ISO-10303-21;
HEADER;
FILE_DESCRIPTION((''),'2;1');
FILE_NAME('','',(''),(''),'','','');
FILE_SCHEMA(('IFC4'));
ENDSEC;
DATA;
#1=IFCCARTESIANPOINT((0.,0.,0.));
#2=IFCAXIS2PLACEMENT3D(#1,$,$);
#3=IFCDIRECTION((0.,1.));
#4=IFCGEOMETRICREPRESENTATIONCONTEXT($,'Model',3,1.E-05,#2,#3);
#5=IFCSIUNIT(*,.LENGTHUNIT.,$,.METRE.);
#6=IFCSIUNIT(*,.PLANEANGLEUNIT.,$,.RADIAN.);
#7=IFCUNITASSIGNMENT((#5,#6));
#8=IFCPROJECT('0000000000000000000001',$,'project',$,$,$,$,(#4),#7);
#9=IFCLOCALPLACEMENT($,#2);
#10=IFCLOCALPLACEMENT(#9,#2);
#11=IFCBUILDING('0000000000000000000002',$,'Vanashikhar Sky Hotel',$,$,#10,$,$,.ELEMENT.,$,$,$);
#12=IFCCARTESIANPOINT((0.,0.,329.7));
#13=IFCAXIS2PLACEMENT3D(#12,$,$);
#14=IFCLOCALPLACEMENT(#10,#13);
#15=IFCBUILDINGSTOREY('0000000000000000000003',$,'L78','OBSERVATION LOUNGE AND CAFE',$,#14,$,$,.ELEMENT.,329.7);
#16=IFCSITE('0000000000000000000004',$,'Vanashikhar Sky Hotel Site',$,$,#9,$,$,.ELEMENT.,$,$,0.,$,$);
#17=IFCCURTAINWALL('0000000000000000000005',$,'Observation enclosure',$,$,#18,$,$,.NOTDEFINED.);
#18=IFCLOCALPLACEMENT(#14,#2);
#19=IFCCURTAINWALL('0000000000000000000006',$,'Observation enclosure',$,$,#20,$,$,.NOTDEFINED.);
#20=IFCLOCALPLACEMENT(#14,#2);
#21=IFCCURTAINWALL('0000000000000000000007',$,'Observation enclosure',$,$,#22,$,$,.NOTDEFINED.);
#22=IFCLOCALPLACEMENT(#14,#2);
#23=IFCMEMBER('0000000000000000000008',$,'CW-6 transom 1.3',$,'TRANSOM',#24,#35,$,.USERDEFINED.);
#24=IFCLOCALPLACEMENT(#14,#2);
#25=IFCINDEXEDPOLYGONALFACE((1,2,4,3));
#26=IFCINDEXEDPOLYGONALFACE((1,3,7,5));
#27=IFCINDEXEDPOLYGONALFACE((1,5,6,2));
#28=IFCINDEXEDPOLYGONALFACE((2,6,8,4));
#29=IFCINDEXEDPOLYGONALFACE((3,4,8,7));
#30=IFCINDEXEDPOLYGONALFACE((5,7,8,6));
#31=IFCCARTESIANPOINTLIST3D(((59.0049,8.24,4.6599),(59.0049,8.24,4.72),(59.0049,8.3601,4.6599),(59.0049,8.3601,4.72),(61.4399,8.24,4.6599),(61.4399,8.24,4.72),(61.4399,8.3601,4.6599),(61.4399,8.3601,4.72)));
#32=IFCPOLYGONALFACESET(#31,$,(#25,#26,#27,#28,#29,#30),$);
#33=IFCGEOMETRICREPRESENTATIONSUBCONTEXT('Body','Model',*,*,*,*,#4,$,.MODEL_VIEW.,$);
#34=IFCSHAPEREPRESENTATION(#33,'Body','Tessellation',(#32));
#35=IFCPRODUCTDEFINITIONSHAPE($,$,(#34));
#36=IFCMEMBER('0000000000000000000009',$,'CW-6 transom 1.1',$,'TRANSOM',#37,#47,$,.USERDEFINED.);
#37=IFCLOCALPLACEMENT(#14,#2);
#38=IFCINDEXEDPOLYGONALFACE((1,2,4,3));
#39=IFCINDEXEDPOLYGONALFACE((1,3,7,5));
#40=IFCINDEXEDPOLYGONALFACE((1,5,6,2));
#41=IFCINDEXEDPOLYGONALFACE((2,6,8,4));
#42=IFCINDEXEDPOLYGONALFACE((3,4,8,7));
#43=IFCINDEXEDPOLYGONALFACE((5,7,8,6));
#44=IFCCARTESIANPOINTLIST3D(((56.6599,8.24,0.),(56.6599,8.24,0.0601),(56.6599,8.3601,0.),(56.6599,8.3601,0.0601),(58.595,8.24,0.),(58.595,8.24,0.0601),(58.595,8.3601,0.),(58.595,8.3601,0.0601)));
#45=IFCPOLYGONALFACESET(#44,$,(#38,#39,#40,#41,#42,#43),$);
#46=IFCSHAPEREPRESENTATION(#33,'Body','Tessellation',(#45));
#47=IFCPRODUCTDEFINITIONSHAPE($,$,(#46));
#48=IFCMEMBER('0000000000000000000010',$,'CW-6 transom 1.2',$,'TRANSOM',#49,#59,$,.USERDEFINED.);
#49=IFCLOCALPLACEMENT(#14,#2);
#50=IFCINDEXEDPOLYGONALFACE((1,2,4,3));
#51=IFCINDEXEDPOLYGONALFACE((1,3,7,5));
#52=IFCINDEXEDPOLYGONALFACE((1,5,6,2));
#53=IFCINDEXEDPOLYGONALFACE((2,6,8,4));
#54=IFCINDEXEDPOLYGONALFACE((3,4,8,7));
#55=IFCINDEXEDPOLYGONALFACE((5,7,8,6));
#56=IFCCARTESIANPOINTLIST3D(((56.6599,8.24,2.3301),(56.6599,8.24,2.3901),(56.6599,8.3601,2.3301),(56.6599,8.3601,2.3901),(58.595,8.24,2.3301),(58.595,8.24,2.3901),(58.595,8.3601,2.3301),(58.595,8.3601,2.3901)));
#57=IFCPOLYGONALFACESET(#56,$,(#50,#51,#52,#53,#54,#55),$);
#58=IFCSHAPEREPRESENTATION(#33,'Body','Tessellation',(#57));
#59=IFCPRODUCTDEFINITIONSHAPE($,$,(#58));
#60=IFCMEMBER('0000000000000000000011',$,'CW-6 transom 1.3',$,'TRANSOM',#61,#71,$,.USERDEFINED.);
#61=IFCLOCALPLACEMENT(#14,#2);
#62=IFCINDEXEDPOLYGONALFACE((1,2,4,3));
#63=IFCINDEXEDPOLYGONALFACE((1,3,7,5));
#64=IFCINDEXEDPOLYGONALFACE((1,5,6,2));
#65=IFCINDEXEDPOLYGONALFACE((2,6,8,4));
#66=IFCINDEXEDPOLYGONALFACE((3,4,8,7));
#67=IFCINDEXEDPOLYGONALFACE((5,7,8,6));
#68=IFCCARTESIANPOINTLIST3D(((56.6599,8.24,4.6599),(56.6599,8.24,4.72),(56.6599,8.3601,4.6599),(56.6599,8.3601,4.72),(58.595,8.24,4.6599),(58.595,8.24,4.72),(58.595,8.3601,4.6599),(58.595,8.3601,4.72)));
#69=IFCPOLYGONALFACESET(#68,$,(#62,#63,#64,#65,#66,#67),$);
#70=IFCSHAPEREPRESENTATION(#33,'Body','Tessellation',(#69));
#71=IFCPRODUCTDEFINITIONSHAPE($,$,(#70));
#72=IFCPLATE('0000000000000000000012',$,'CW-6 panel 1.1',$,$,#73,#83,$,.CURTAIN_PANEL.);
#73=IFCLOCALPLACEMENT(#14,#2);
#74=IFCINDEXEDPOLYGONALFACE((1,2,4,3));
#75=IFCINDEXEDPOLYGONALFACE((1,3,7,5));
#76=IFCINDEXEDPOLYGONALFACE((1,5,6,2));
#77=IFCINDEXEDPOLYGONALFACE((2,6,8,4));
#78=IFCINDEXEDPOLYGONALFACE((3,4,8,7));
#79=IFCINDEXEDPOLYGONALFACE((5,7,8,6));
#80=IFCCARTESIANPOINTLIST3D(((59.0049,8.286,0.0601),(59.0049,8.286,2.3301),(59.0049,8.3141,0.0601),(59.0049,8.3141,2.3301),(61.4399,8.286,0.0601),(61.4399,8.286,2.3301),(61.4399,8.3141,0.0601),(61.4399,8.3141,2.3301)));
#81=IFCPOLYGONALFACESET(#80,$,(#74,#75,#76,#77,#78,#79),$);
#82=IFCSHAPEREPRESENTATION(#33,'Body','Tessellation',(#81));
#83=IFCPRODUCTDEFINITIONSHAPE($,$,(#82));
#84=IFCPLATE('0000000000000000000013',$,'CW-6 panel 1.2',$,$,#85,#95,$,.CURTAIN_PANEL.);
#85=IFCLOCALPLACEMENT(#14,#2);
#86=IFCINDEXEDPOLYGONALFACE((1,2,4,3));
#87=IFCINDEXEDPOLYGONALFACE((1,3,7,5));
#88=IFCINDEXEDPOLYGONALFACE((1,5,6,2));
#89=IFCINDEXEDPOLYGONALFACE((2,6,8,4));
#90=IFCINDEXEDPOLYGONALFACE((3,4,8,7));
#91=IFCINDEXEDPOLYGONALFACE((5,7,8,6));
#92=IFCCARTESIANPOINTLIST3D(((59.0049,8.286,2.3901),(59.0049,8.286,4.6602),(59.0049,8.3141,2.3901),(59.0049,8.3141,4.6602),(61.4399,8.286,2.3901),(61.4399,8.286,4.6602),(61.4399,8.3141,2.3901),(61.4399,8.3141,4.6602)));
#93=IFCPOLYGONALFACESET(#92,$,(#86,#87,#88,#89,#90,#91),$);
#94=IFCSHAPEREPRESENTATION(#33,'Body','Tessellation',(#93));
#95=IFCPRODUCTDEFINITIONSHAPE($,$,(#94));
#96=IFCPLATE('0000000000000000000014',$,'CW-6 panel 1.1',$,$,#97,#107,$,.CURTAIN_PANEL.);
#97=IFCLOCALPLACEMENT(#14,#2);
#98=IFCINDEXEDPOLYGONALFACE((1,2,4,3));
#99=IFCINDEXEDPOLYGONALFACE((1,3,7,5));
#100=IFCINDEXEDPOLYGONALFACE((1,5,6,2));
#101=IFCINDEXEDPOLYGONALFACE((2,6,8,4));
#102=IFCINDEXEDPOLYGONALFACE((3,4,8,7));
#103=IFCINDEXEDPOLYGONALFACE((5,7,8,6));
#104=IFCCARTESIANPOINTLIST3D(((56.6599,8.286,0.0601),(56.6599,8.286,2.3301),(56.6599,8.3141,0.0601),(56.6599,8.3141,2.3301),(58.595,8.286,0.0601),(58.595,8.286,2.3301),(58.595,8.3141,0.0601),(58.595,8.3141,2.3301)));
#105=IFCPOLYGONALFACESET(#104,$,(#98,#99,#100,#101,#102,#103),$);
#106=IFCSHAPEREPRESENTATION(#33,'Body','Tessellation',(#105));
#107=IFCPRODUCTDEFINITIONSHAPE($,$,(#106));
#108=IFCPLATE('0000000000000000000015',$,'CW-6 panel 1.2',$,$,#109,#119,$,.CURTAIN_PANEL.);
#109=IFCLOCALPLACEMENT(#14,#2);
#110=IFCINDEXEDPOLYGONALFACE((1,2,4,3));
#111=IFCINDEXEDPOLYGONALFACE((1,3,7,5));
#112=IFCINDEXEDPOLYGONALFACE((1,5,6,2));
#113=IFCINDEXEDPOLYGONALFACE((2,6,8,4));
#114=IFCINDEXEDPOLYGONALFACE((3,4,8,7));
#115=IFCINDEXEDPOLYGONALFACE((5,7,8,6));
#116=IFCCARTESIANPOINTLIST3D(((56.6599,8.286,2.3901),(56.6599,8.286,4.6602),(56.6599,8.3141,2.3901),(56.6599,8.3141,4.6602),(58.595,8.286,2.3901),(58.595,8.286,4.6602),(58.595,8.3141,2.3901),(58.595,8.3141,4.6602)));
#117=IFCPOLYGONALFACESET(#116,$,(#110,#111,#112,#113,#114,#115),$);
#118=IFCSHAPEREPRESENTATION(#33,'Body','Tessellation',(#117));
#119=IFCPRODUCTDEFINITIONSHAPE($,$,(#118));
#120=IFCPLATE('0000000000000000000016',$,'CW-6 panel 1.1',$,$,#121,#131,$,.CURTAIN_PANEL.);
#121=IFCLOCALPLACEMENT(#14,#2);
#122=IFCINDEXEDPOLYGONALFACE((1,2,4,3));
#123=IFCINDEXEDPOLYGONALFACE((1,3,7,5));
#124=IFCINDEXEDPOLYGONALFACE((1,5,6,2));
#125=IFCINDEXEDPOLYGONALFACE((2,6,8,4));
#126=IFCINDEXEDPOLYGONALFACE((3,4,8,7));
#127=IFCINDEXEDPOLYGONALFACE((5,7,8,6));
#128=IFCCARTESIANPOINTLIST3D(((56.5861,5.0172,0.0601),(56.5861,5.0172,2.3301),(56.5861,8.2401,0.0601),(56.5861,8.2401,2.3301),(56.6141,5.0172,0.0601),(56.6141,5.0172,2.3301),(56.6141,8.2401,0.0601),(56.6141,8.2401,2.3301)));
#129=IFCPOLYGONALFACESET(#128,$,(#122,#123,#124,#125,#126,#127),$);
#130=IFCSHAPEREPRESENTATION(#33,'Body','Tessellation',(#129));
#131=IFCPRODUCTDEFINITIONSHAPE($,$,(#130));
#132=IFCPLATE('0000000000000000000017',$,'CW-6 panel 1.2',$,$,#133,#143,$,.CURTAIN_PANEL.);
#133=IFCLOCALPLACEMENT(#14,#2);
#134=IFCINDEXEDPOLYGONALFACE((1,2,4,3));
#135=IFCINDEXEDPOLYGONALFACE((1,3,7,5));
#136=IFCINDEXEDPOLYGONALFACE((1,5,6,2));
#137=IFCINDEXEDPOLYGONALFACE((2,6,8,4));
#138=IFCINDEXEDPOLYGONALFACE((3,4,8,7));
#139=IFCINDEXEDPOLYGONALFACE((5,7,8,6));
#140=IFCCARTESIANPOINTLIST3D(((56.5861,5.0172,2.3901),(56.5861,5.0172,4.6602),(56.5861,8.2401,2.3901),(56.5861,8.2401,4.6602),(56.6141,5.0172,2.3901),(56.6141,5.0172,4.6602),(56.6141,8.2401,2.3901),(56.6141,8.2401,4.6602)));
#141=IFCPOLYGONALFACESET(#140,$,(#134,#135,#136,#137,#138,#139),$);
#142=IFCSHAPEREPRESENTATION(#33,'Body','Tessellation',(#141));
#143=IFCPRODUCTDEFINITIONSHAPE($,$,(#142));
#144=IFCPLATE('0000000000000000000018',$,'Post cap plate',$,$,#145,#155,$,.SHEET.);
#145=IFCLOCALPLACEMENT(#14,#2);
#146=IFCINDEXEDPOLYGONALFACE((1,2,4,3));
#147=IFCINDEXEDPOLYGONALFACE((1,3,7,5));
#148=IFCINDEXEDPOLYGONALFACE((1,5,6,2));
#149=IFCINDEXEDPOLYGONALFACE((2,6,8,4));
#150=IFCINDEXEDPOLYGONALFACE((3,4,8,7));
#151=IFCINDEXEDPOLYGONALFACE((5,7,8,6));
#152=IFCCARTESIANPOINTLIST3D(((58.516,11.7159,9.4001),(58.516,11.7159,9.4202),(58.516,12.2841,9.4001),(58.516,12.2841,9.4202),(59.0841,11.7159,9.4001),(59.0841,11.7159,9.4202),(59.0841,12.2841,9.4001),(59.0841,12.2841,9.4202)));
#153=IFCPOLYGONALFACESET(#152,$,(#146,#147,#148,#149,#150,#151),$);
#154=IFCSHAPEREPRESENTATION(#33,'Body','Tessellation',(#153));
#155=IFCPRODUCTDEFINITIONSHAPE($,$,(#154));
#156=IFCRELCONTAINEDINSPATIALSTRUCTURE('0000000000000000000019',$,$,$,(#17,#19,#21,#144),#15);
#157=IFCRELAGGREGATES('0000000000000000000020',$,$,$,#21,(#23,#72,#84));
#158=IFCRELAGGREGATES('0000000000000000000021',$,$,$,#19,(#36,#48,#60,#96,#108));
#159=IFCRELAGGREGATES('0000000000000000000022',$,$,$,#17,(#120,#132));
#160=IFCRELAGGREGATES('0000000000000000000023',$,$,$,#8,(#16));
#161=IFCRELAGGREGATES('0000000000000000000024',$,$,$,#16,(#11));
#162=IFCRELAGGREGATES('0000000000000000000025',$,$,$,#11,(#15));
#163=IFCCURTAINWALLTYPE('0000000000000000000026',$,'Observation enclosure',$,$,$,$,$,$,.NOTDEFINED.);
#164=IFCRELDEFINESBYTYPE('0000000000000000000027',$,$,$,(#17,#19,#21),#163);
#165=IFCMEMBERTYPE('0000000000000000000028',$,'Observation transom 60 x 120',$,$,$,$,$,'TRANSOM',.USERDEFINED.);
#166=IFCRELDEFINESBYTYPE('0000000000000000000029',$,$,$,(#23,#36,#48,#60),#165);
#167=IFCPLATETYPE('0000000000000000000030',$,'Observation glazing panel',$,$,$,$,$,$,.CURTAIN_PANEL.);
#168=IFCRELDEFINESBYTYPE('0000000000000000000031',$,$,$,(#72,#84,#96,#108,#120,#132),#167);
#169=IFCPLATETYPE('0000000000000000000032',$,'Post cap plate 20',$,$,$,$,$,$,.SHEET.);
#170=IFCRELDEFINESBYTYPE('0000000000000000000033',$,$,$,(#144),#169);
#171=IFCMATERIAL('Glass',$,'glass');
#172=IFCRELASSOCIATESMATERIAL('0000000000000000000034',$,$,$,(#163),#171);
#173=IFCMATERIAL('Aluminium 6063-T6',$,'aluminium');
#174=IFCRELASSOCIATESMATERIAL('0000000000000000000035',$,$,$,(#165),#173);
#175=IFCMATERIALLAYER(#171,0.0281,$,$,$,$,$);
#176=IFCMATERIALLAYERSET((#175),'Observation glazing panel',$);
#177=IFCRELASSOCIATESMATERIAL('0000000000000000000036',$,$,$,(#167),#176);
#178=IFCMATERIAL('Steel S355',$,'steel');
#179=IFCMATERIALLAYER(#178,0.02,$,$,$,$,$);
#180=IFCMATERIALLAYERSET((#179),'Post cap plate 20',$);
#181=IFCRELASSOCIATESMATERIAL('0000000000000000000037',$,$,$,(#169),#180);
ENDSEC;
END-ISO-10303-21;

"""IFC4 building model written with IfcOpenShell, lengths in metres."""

from ifc_helpers import new_model, si_unit, direction, frame, origin, origin_2d, place, context, subcontext, project, spatial, rectangle, extrude, source, transform, mapped, material, layer, layer_set, material_profile, profile_set, type_object, element, aggregate, save


model = new_model("IFC4")

# Units and contexts
model_context = context("Model", 3, precision=1e-05, world=origin(), true_north=direction((0.0, 1.0)))
body_context = subcontext(model_context, "Body", "Model", "MODEL_VIEW")
ifc_project = project(units=[si_unit("LENGTHUNIT", "METRE"), si_unit("PLANEANGLEUNIT", "RADIAN")], contexts=[model_context])

# Site, building, storey
site_placement = place(None, origin())
site = spatial("IfcSite", under=ifc_project, at=site_placement, Name="Vanashikhar Sky Hotel Site", CompositionType="ELEMENT", RefElevation=0.0)
building_placement = place(site_placement, origin())
building = spatial("IfcBuilding", under=site, at=building_placement, Name="Vanashikhar Sky Hotel", CompositionType="ELEMENT")
storey_placement = place(building_placement, frame((0.0, 0.0, 329.7)))
storey = spatial("IfcBuildingStorey", under=building, at=storey_placement, Name="L78", Description="OBSERVATION LOUNGE AND CAFE", CompositionType="ELEMENT", Elevation=329.7)

# Shared definitions
ifc_material_1 = material(Name="Steel S355", Category="steel")

# Curtain wall
ifc_material_2 = material(Name="Glass", Category="glass")
curtain_wall_type = type_object("IfcCurtainWallType", Name="Observation enclosure", PredefinedType="NOTDEFINED", material=ifc_material_2)
curtain_wall_1_placement = place(storey_placement, origin())
curtain_wall_1 = element("IfcCurtainWall", 1, at=curtain_wall_1_placement, inside=storey, type_object=curtain_wall_type, Name="Observation enclosure", PredefinedType="NOTDEFINED")
ifc_material_3 = material(Name="Aluminium 6063-T6", Category="aluminium")

# Curtain walls, member
curtain_wall_2_placement = place(storey_placement, origin())
curtain_wall_2 = element("IfcCurtainWall", 2, at=curtain_wall_2_placement, inside=storey, type_object=curtain_wall_type, Name="Observation enclosure", PredefinedType="NOTDEFINED")
curtain_wall_3_placement = place(storey_placement, origin())
curtain_wall_3 = element("IfcCurtainWall", 3, at=curtain_wall_3_placement, inside=storey, type_object=curtain_wall_type, Name="Observation enclosure", PredefinedType="NOTDEFINED")
ifc_material_profile_1 = material_profile(ifc_material_3, rectangle(XDim=0.1201, YDim=0.0601, at=origin_2d()))
ifc_profile_set_1 = profile_set([ifc_material_profile_1], Name="Aluminium 6063-T6")
member_type_1 = type_object("IfcMemberType", Name="Observation transom 60 x 120", ElementType="TRANSOM", PredefinedType="USERDEFINED", material=ifc_profile_set_1)
shared_shape_1 = source(origin(), body_context, "Body", "SweptSolid", [
    extrude(rectangle(XDim=0.1201, YDim=0.0601, at=origin_2d()), origin(), (0.0, 0.0, 1.0), 2.4351),
])
member_1_placement = place(storey_placement, frame((59.0049, 8.3, 4.6899), z_axis=(1.0, 0.0, 0.0), x_axis=(0.0, 1.0, 0.0)))
member_1 = element("IfcMember", 4, at=member_1_placement, type_object=member_type_1, Name="CW-6 transom 1.3", ObjectType="TRANSOM", PredefinedType="USERDEFINED", context=body_context, shape_type="MappedRepresentation", body=[
    mapped(shared_shape_1, transform((0.0, 0.0, 0.0), scale=1.0)),
])

# Members
shared_shape_2 = source(origin(), body_context, "Body", "SweptSolid", [
    extrude(rectangle(XDim=0.1201, YDim=0.0601, at=origin_2d()), origin(), (0.0, 0.0, 1.0), 1.9351),
])
member_2_placement = place(storey_placement, frame((56.6599, 8.3, 0.03), z_axis=(1.0, 0.0, 0.0), x_axis=(0.0, 1.0, 0.0)))
member_2 = element("IfcMember", 5, at=member_2_placement, type_object=member_type_1, Name="CW-6 transom 1.1", ObjectType="TRANSOM", PredefinedType="USERDEFINED", context=body_context, shape_type="MappedRepresentation", body=[
    mapped(shared_shape_2, transform((0.0, 0.0, 0.0), scale=1.0)),
])
member_3_placement = place(storey_placement, frame((56.6599, 8.3, 2.3601), z_axis=(1.0, 0.0, 0.0), x_axis=(0.0, 1.0, 0.0)))
member_3 = element("IfcMember", 6, at=member_3_placement, type_object=member_type_1, Name="CW-6 transom 1.2", ObjectType="TRANSOM", PredefinedType="USERDEFINED", context=body_context, shape_type="MappedRepresentation", body=[
    mapped(shared_shape_2, transform((0.0, 0.0, 0.0), scale=1.0)),
])
member_4_placement = place(storey_placement, frame((56.6599, 8.3, 4.6899), z_axis=(1.0, 0.0, 0.0), x_axis=(0.0, 1.0, 0.0)))
member_4 = element("IfcMember", 7, at=member_4_placement, type_object=member_type_1, Name="CW-6 transom 1.3", ObjectType="TRANSOM", PredefinedType="USERDEFINED", context=body_context, shape_type="MappedRepresentation", body=[
    mapped(shared_shape_2, transform((0.0, 0.0, 0.0), scale=1.0)),
])

# Plates
ifc_layer_1 = layer(ifc_material_2, 0.0281)
ifc_layer_set_1 = layer_set([ifc_layer_1], Name="Observation glazing panel")
plate_type_1 = type_object("IfcPlateType", Name="Observation glazing panel", PredefinedType="CURTAIN_PANEL", material=ifc_layer_set_1)
shared_shape_3 = source(origin(), body_context, "Body", "SweptSolid", [
    extrude(rectangle(XDim=2.4351, YDim=0.0281, at=origin_2d()), origin(), (0.0, 0.0, 1.0), 2.27),
])
plate_1_placement = place(storey_placement, frame((60.2224, 8.3, 0.0601), z_axis=(0.0, 0.0, 1.0), x_axis=(1.0, 0.0, 0.0)))
plate_1 = element("IfcPlate", 8, at=plate_1_placement, type_object=plate_type_1, Name="CW-6 panel 1.1", PredefinedType="CURTAIN_PANEL", context=body_context, shape_type="MappedRepresentation", body=[
    mapped(shared_shape_3, transform((0.0, 0.0, 0.0), scale=1.0)),
])
plate_2_placement = place(storey_placement, frame((60.2224, 8.3, 2.3901), z_axis=(0.0, 0.0, 1.0), x_axis=(1.0, 0.0, 0.0)))
plate_2 = element("IfcPlate", 9, at=plate_2_placement, type_object=plate_type_1, Name="CW-6 panel 1.2", PredefinedType="CURTAIN_PANEL", context=body_context, shape_type="MappedRepresentation", body=[
    mapped(shared_shape_3, transform((0.0, 0.0, 0.0), scale=1.0)),
])
aggregate(curtain_wall_3, [member_1, plate_1, plate_2])
shared_shape_4 = source(origin(), body_context, "Body", "SweptSolid", [
    extrude(rectangle(XDim=1.9351, YDim=0.0281, at=origin_2d()), origin(), (0.0, 0.0, 1.0), 2.27),
])
plate_3_placement = place(storey_placement, frame((57.6274, 8.3, 0.0601), z_axis=(0.0, 0.0, 1.0), x_axis=(1.0, 0.0, 0.0)))
plate_3 = element("IfcPlate", 10, at=plate_3_placement, type_object=plate_type_1, Name="CW-6 panel 1.1", PredefinedType="CURTAIN_PANEL", context=body_context, shape_type="MappedRepresentation", body=[
    mapped(shared_shape_4, transform((0.0, 0.0, 0.0), scale=1.0)),
])
plate_4_placement = place(storey_placement, frame((57.6274, 8.3, 2.3901), z_axis=(0.0, 0.0, 1.0), x_axis=(1.0, 0.0, 0.0)))
plate_4 = element("IfcPlate", 11, at=plate_4_placement, type_object=plate_type_1, Name="CW-6 panel 1.2", PredefinedType="CURTAIN_PANEL", context=body_context, shape_type="MappedRepresentation", body=[
    mapped(shared_shape_4, transform((0.0, 0.0, 0.0), scale=1.0)),
])
aggregate(curtain_wall_2, [member_2, member_3, member_4, plate_3, plate_4])
shared_shape_5 = source(origin(), body_context, "Body", "SweptSolid", [
    extrude(rectangle(XDim=3.2229, YDim=0.0281, at=origin_2d()), origin(), (0.0, 0.0, 1.0), 2.27),
])
plate_5_placement = place(storey_placement, frame((56.6001, 6.6287, 0.0601), z_axis=(0.0, 0.0, 1.0), x_axis=(0.0, 1.0, 0.0)))
plate_5 = element("IfcPlate", 12, at=plate_5_placement, type_object=plate_type_1, Name="CW-6 panel 1.1", PredefinedType="CURTAIN_PANEL", context=body_context, shape_type="MappedRepresentation", body=[
    mapped(shared_shape_5, transform((0.0, 0.0, 0.0), scale=1.0)),
])
plate_6_placement = place(storey_placement, frame((56.6001, 6.6287, 2.3901), z_axis=(0.0, 0.0, 1.0), x_axis=(0.0, 1.0, 0.0)))
plate_6 = element("IfcPlate", 13, at=plate_6_placement, type_object=plate_type_1, Name="CW-6 panel 1.2", PredefinedType="CURTAIN_PANEL", context=body_context, shape_type="MappedRepresentation", body=[
    mapped(shared_shape_5, transform((0.0, 0.0, 0.0), scale=1.0)),
])
aggregate(curtain_wall_1, [plate_5, plate_6])
ifc_layer_2 = layer(ifc_material_1, 0.02)
ifc_layer_set_2 = layer_set([ifc_layer_2], Name="Post cap plate 20")
plate_type_2 = type_object("IfcPlateType", Name="Post cap plate 20", PredefinedType="SHEET", material=ifc_layer_set_2)
shared_shape_6 = source(origin(), body_context, "Body", "SweptSolid", [
    extrude(rectangle(XDim=0.5681, YDim=0.5681, at=origin_2d()), origin(), (0.0, 0.0, 1.0), 0.02),
])
plate_7_placement = place(storey_placement, frame((58.8, 12.0, 9.4001), z_axis=(0.0, 0.0, 1.0), x_axis=(1.0, 0.0, 0.0)))
element("IfcPlate", 14, at=plate_7_placement, inside=storey, type_object=plate_type_2, Name="Post cap plate", PredefinedType="SHEET", context=body_context, shape_type="MappedRepresentation", body=[
    mapped(shared_shape_6, transform((0.0, 0.0, 0.0), scale=1.0)),
])

save(model, "model.ifc")
